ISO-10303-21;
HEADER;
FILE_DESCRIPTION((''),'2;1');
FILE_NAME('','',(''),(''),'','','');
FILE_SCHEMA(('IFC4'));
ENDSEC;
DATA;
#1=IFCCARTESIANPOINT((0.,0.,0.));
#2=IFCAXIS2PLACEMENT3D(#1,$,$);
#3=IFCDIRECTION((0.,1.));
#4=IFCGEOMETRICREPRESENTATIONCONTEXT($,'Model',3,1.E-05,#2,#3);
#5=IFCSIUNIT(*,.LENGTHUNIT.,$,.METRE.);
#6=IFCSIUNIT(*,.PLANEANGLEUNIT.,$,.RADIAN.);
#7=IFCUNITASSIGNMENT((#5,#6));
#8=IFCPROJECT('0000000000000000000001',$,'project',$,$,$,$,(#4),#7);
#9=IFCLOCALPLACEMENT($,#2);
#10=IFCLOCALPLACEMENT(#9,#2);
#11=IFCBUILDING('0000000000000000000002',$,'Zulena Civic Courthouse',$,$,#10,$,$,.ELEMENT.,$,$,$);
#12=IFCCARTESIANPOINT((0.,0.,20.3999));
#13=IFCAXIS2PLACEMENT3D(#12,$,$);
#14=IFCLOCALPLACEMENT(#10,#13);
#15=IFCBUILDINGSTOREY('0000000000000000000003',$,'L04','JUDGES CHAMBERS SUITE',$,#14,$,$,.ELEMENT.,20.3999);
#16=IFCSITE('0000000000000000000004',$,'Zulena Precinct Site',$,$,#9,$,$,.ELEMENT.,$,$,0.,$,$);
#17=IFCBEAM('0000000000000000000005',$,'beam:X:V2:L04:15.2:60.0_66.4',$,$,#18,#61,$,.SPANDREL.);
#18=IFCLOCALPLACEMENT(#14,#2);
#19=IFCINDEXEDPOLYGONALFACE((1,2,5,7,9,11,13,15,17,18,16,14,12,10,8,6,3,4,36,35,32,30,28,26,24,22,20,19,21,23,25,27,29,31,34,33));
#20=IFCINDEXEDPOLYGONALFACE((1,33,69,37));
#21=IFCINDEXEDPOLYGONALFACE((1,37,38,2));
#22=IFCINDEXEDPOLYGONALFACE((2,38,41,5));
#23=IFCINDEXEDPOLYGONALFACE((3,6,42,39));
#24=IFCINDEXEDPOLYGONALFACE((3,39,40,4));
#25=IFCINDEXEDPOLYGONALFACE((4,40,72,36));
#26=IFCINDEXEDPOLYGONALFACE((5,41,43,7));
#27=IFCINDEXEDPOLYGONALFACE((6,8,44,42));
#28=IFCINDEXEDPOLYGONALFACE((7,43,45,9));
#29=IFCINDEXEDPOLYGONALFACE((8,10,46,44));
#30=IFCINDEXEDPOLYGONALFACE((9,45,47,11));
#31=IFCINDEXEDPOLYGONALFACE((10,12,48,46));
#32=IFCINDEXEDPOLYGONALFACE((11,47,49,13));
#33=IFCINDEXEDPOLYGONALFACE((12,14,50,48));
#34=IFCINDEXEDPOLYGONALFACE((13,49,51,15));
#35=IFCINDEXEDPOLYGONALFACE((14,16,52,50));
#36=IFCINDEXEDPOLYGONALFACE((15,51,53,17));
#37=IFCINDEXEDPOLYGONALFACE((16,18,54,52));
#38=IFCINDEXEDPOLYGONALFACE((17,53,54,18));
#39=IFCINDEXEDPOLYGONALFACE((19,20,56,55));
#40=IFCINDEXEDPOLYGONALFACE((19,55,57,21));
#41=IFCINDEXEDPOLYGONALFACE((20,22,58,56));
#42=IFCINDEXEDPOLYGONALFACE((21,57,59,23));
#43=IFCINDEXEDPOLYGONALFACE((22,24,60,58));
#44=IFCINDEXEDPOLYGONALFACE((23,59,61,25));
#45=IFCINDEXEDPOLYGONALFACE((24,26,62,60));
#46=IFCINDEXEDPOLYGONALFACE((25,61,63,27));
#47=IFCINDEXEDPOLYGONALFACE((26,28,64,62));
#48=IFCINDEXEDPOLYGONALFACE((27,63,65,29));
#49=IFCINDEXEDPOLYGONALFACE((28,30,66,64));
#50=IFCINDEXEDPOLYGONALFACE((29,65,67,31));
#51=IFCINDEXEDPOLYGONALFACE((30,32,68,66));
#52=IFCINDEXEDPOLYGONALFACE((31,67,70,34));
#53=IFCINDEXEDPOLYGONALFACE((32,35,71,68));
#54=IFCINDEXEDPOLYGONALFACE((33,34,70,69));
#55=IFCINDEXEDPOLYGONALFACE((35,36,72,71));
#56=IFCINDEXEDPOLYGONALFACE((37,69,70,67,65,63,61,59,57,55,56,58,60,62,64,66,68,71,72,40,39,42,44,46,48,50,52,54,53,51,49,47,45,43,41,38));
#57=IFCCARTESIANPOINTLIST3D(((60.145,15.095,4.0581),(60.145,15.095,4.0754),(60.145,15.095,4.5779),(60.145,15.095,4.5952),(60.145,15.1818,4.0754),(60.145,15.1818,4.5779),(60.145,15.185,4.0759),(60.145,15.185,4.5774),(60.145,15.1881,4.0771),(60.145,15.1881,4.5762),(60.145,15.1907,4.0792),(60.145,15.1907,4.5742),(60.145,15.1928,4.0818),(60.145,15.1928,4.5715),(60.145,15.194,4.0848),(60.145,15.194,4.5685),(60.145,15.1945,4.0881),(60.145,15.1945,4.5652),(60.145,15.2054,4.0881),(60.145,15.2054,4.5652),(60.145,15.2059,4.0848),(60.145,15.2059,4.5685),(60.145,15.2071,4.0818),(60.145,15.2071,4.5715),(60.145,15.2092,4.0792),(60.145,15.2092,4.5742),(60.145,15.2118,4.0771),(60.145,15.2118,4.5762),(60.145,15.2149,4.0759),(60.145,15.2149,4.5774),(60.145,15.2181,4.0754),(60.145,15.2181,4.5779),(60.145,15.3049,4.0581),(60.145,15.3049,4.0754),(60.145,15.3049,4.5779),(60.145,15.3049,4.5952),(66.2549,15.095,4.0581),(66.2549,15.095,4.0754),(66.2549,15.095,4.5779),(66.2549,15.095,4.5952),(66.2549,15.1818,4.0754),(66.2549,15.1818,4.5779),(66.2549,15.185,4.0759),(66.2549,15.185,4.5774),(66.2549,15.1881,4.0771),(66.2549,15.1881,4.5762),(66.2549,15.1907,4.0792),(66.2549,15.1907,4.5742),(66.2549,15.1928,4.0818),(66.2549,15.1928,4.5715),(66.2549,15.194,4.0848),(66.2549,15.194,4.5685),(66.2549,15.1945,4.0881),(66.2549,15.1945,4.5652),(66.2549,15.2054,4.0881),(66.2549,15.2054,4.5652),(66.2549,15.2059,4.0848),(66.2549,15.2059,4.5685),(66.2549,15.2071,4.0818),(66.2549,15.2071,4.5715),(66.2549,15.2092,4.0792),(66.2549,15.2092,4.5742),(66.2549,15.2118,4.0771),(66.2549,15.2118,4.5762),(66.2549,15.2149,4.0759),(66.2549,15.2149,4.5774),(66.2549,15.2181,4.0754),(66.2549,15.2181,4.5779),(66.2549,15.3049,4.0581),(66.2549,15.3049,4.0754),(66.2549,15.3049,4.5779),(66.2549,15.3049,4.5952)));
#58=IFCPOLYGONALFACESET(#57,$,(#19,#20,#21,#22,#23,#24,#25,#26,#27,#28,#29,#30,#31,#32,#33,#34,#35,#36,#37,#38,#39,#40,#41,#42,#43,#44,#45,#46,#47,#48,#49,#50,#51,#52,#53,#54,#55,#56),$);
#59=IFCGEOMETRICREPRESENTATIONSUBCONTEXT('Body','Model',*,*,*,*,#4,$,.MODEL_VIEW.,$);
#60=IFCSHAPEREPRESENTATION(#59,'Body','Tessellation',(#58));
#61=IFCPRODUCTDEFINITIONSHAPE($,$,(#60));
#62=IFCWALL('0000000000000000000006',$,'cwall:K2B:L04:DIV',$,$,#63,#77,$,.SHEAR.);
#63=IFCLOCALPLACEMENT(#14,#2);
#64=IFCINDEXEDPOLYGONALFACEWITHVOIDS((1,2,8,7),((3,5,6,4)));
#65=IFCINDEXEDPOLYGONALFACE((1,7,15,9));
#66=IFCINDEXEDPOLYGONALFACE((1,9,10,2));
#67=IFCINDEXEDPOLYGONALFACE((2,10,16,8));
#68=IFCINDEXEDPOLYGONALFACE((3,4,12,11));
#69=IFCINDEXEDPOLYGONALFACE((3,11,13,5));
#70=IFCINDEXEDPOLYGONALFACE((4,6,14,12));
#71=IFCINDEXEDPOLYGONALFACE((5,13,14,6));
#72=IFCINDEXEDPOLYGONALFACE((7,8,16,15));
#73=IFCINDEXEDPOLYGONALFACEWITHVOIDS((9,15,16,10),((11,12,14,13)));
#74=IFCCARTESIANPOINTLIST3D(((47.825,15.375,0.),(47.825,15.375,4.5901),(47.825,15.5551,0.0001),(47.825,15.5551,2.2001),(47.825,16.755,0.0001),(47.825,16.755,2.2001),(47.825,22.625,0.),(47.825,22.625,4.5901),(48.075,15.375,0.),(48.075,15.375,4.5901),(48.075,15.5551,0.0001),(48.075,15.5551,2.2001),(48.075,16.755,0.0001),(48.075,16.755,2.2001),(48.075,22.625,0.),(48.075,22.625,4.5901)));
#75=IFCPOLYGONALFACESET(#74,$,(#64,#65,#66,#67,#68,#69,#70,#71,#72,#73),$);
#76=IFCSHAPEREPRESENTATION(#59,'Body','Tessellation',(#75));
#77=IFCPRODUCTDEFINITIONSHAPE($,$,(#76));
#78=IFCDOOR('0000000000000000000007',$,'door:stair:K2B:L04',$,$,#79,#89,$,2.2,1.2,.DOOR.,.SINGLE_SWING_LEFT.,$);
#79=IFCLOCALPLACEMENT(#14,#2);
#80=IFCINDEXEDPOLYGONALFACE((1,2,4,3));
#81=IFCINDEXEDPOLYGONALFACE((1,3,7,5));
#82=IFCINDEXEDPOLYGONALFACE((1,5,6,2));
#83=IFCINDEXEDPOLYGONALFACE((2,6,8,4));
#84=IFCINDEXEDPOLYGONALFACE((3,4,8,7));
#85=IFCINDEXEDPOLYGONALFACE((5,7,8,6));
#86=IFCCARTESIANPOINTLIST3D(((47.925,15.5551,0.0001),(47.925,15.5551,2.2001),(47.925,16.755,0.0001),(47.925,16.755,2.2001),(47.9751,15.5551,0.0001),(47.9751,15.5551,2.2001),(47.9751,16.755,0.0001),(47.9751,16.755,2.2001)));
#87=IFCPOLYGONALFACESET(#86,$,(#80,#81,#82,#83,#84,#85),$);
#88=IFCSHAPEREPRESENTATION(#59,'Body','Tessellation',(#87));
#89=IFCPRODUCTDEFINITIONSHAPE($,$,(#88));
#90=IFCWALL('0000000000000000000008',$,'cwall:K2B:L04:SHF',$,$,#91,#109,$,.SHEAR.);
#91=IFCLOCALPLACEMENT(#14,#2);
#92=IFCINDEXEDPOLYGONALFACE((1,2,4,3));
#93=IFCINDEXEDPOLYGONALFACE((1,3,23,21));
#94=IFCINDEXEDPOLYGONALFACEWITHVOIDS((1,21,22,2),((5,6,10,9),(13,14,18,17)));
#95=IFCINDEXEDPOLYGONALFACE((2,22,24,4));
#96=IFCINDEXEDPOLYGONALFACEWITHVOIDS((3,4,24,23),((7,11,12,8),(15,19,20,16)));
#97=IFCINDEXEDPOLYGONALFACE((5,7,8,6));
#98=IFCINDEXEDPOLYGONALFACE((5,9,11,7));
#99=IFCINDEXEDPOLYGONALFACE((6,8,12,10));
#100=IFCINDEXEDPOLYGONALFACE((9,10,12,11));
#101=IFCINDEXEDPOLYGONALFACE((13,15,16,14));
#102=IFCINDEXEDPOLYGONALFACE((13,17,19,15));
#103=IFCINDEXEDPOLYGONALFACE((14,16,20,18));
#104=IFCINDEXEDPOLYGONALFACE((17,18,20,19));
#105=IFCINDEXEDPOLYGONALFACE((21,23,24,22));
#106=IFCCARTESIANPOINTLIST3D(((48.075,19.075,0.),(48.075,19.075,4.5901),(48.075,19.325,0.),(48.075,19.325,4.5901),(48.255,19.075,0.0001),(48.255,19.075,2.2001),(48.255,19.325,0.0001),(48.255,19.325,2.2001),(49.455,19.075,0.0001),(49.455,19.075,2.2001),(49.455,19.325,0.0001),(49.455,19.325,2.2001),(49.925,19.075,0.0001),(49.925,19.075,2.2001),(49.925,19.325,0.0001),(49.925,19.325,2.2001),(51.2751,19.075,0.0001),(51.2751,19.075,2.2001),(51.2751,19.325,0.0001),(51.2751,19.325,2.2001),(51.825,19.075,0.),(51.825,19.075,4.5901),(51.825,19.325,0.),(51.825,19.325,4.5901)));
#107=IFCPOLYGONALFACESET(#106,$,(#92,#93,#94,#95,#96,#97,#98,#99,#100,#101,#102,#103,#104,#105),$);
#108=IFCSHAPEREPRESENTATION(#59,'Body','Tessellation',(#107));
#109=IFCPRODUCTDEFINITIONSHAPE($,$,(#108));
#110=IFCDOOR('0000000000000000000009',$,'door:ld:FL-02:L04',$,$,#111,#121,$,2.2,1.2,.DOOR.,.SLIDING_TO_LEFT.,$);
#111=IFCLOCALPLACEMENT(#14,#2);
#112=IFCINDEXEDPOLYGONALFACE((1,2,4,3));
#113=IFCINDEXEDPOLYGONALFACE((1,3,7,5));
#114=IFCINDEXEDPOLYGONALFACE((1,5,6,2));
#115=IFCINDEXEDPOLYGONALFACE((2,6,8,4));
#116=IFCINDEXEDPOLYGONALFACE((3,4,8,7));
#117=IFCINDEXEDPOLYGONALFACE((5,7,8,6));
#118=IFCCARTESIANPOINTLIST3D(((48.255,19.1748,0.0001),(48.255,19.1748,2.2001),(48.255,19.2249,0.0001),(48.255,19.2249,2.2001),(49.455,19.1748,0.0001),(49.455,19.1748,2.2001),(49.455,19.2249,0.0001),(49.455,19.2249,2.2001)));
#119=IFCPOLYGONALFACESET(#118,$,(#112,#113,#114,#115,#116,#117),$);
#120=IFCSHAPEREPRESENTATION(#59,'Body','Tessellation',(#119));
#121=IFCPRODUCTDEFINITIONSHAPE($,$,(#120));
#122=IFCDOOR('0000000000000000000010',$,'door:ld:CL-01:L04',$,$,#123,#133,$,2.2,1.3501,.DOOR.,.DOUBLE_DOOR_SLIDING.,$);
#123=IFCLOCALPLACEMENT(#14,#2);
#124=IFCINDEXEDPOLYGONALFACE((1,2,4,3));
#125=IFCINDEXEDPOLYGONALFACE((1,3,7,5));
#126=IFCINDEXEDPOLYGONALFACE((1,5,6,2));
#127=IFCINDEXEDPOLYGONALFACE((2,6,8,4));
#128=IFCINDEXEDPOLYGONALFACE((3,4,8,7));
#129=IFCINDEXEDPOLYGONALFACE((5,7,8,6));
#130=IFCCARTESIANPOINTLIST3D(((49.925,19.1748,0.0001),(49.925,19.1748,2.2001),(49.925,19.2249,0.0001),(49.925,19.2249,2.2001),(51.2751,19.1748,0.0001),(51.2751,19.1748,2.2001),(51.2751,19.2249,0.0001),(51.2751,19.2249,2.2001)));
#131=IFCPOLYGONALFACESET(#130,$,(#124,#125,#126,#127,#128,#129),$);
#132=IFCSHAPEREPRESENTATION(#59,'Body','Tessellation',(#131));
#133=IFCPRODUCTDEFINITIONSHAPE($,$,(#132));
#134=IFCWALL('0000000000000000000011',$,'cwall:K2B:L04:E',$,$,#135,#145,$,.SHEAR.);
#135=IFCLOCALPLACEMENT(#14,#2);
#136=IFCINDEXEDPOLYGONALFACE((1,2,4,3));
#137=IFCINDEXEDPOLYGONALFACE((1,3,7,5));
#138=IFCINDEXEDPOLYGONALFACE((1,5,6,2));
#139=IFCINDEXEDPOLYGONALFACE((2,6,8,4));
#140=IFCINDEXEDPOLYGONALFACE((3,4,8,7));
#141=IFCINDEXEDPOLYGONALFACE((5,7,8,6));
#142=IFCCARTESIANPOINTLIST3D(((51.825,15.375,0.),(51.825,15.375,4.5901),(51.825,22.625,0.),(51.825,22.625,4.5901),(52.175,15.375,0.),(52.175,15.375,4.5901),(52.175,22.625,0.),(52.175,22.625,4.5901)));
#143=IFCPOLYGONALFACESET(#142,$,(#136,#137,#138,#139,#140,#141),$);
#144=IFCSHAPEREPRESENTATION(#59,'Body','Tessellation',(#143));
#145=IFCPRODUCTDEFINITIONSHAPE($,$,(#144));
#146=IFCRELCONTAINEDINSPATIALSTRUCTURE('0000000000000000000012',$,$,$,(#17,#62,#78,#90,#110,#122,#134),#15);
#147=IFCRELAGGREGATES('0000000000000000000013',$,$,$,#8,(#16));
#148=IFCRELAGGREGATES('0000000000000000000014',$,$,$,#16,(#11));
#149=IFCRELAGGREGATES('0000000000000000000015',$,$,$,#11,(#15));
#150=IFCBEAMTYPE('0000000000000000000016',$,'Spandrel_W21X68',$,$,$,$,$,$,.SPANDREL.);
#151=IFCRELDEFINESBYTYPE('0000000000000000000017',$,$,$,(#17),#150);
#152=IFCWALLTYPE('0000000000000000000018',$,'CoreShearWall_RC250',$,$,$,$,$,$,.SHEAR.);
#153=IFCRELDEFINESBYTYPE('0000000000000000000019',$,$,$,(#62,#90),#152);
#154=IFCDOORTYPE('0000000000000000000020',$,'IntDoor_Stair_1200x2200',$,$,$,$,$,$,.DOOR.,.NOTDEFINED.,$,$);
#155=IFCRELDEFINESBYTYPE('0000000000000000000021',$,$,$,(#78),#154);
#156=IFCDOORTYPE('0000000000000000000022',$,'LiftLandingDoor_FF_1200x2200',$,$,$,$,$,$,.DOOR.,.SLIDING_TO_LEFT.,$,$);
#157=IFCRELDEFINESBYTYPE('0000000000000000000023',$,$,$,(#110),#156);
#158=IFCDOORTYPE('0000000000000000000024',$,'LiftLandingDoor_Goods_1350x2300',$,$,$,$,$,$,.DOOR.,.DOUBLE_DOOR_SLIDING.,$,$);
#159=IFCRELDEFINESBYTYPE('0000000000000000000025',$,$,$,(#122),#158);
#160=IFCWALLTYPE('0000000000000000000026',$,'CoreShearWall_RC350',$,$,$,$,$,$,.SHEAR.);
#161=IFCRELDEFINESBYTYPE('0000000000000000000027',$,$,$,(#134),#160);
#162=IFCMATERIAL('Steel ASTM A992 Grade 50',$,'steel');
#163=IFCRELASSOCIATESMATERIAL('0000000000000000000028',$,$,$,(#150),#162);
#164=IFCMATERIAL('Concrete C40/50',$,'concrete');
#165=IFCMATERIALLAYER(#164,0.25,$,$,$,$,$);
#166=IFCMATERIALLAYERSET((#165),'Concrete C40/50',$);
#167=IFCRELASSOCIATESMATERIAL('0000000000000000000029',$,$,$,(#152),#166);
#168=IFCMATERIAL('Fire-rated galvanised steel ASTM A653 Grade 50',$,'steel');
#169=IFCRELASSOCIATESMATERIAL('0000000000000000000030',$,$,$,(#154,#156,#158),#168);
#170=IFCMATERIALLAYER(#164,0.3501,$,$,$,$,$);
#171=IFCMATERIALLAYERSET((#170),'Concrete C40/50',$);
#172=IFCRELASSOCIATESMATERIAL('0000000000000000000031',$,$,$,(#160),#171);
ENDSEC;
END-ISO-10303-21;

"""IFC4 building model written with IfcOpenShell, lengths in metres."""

from ifc_helpers import new_model, si_unit, direction, frame, frame_2d, origin, origin_2d, place, context, subcontext, project, spatial, rectangle, i_section, extrude, material, layer, layer_set, material_profile, profile_set, type_object, element, fill, save


model = new_model("IFC4")

# Units and contexts
model_context = context("Model", 3, precision=1e-05, world=origin(), true_north=direction((0.0, 1.0)))
body_context = subcontext(model_context, "Body", "Model", "MODEL_VIEW")
ifc_project = project(units=[si_unit("LENGTHUNIT", "METRE"), si_unit("PLANEANGLEUNIT", "RADIAN")], contexts=[model_context])

# Site, building, storey
site_placement = place(None, origin())
site = spatial("IfcSite", under=ifc_project, at=site_placement, Name="Zulena Precinct Site", CompositionType="ELEMENT", RefElevation=0.0)
building_placement = place(site_placement, origin())
building = spatial("IfcBuilding", under=site, at=building_placement, Name="Zulena Civic Courthouse", CompositionType="ELEMENT")
storey_placement = place(building_placement, frame((0.0, 0.0, 20.3999)))
storey = spatial("IfcBuildingStorey", under=building, at=storey_placement, Name="L04", Description="JUDGES CHAMBERS SUITE", CompositionType="ELEMENT", Elevation=20.3999)

# Shared definitions
ifc_material_1 = material(Name="Steel ASTM A992 Grade 50", Category="steel")

# Beam
ifc_material_profile_1 = material_profile(ifc_material_1, i_section(OverallWidth=0.21, OverallDepth=0.5371, WebThickness=0.011, FlangeThickness=0.0173, FilletRadius=0.0127, at=origin_2d()), Name="W21X68")
ifc_profile_set_1 = profile_set([ifc_material_profile_1], Name="Steel ASTM A992 Grade 50")
beam_type_1 = type_object("IfcBeamType", Name="Spandrel_W21X68", PredefinedType="SPANDREL", material=ifc_profile_set_1)
beam_1_placement = place(storey_placement, frame((60.145, 15.2, 4.3267), z_axis=(1.0, 0.0, 0.0), x_axis=(0.0, 1.0, 0.0)))
element("IfcBeam", 1, at=beam_1_placement, inside=storey, type_object=beam_type_1, Name="beam:X:V2:L04:15.2:60.0_66.4", PredefinedType="SPANDREL", context=body_context, shape_type="SweptSolid", body=[
    extrude(i_section(OverallWidth=0.21, OverallDepth=0.5371, WebThickness=0.011, FlangeThickness=0.0173, FilletRadius=0.0127, at=origin_2d()), origin(), (0.0, 0.0, 1.0), 6.1099),
])

# Wall, opening, door
ifc_material_2 = material(Name="Concrete C40/50", Category="concrete")
ifc_layer_1 = layer(ifc_material_2, 0.25)
ifc_layer_set_1 = layer_set([ifc_layer_1], Name="Concrete C40/50")
wall_type_1 = type_object("IfcWallType", Name="CoreShearWall_RC250", PredefinedType="SHEAR", material=ifc_layer_set_1)
wall_1_placement = place(storey_placement, frame((47.95, 15.375, 0.0), z_axis=(0.0, 0.0, 1.0), x_axis=(0.0, 1.0, 0.0)))
wall_1 = element("IfcWall", 2, at=wall_1_placement, inside=storey, type_object=wall_type_1, Name="cwall:K2B:L04:DIV", PredefinedType="SHEAR", context=body_context, shape_type="SweptSolid", body=[
    extrude(rectangle(XDim=7.25, YDim=0.25, at=frame_2d((3.625, 0.0))), origin(), (0.0, 0.0, 1.0), 4.5901),
])
opening_1_placement = place(wall_1_placement, frame((0.1799, 0.0, 0.0)))
opening_1 = element("IfcOpeningElement", 3, at=opening_1_placement, cuts=wall_1, PredefinedType="OPENING", context=body_context, shape_type="SweptSolid", body=[
    extrude(rectangle(XDim=1.2, YDim=2.2, at=frame_2d((0.6001, 1.1001))), frame((0.0, 0.135, 0.0), z_axis=(0.0, -1.0, 0.0), x_axis=(1.0, 0.0, 0.0)), (0.0, 0.0, 1.0), 0.27),
])
ifc_material_3 = material(Name="Fire-rated galvanised steel ASTM A653 Grade 50", Category="steel")
door_type_1 = type_object("IfcDoorType", Name="IntDoor_Stair_1200x2200", OperationType="NOTDEFINED", PredefinedType="DOOR", material=ifc_material_3)
door_1_placement = place(opening_1_placement, origin())
door_1 = element("IfcDoor", 4, at=door_1_placement, inside=storey, type_object=door_type_1, Name="door:stair:K2B:L04", OperationType="SINGLE_SWING_LEFT", OverallHeight=2.2, OverallWidth=1.2, PredefinedType="DOOR", context=body_context, shape_type="SweptSolid", body=[
    extrude(rectangle(XDim=1.2, YDim=2.2, at=frame_2d((0.6001, 1.1001))), frame((0.0, 0.0249, 0.0), z_axis=(0.0, -1.0, 0.0), x_axis=(1.0, 0.0, 0.0)), (0.0, 0.0, 1.0), 0.05),
])
fill(opening_1, door_1)

# Wall, openings, doors
wall_2_placement = place(storey_placement, frame((48.075, 19.2, 0.0), z_axis=(0.0, 0.0, 1.0), x_axis=(1.0, 0.0, 0.0)))
wall_2 = element("IfcWall", 5, at=wall_2_placement, inside=storey, type_object=wall_type_1, Name="cwall:K2B:L04:SHF", PredefinedType="SHEAR", context=body_context, shape_type="SweptSolid", body=[
    extrude(rectangle(XDim=3.75, YDim=0.25, at=frame_2d((1.875, 0.0))), origin(), (0.0, 0.0, 1.0), 4.5901),
])
opening_2_placement = place(wall_2_placement, frame((0.1799, 0.0, 0.0)))
opening_2 = element("IfcOpeningElement", 6, at=opening_2_placement, cuts=wall_2, PredefinedType="OPENING", context=body_context, shape_type="SweptSolid", body=[
    extrude(rectangle(XDim=1.2, YDim=2.2, at=frame_2d((0.6001, 1.1001))), frame((0.0, 0.135, 0.0), z_axis=(0.0, -1.0, 0.0), x_axis=(1.0, 0.0, 0.0)), (0.0, 0.0, 1.0), 0.27),
])
opening_3_placement = place(wall_2_placement, frame((1.8501, 0.0, 0.0)))
opening_3 = element("IfcOpeningElement", 7, at=opening_3_placement, cuts=wall_2, PredefinedType="OPENING", context=body_context, shape_type="SweptSolid", body=[
    extrude(rectangle(XDim=1.3501, YDim=2.2, at=frame_2d((0.675, 1.1001))), frame((0.0, 0.135, 0.0), z_axis=(0.0, -1.0, 0.0), x_axis=(1.0, 0.0, 0.0)), (0.0, 0.0, 1.0), 0.27),
])
door_type_2 = type_object("IfcDoorType", Name="LiftLandingDoor_FF_1200x2200", OperationType="SLIDING_TO_LEFT", PredefinedType="DOOR", material=ifc_material_3)
door_2_placement = place(opening_2_placement, origin())
door_2 = element("IfcDoor", 8, at=door_2_placement, inside=storey, type_object=door_type_2, Name="door:ld:FL-02:L04", OperationType="SLIDING_TO_LEFT", OverallHeight=2.2, OverallWidth=1.2, PredefinedType="DOOR", context=body_context, shape_type="SweptSolid", body=[
    extrude(rectangle(XDim=1.2, YDim=2.2, at=frame_2d((0.6001, 1.1001))), frame((0.0, 0.0249, 0.0), z_axis=(0.0, -1.0, 0.0), x_axis=(1.0, 0.0, 0.0)), (0.0, 0.0, 1.0), 0.05),
])
fill(opening_2, door_2)
door_type_3 = type_object("IfcDoorType", Name="LiftLandingDoor_Goods_1350x2300", OperationType="DOUBLE_DOOR_SLIDING", PredefinedType="DOOR", material=ifc_material_3)
door_3_placement = place(opening_3_placement, origin())
door_3 = element("IfcDoor", 9, at=door_3_placement, inside=storey, type_object=door_type_3, Name="door:ld:CL-01:L04", OperationType="DOUBLE_DOOR_SLIDING", OverallHeight=2.2, OverallWidth=1.3501, PredefinedType="DOOR", context=body_context, shape_type="SweptSolid", body=[
    extrude(rectangle(XDim=1.3501, YDim=2.2, at=frame_2d((0.675, 1.1001))), frame((0.0, 0.0249, 0.0), z_axis=(0.0, -1.0, 0.0), x_axis=(1.0, 0.0, 0.0)), (0.0, 0.0, 1.0), 0.05),
])
fill(opening_3, door_3)

# Wall
ifc_layer_2 = layer(ifc_material_2, 0.3501)
ifc_layer_set_2 = layer_set([ifc_layer_2], Name="Concrete C40/50")
wall_type_2 = type_object("IfcWallType", Name="CoreShearWall_RC350", PredefinedType="SHEAR", material=ifc_layer_set_2)
wall_3_placement = place(storey_placement, frame((52.0, 15.375, 0.0), z_axis=(0.0, 0.0, 1.0), x_axis=(0.0, 1.0, 0.0)))
element("IfcWall", 10, at=wall_3_placement, inside=storey, type_object=wall_type_2, Name="cwall:K2B:L04:E", PredefinedType="SHEAR", context=body_context, shape_type="SweptSolid", body=[
    extrude(rectangle(XDim=7.25, YDim=0.3501, at=frame_2d((3.625, 0.0))), origin(), (0.0, 0.0, 1.0), 4.5901),
])

save(model, "model.ifc")
